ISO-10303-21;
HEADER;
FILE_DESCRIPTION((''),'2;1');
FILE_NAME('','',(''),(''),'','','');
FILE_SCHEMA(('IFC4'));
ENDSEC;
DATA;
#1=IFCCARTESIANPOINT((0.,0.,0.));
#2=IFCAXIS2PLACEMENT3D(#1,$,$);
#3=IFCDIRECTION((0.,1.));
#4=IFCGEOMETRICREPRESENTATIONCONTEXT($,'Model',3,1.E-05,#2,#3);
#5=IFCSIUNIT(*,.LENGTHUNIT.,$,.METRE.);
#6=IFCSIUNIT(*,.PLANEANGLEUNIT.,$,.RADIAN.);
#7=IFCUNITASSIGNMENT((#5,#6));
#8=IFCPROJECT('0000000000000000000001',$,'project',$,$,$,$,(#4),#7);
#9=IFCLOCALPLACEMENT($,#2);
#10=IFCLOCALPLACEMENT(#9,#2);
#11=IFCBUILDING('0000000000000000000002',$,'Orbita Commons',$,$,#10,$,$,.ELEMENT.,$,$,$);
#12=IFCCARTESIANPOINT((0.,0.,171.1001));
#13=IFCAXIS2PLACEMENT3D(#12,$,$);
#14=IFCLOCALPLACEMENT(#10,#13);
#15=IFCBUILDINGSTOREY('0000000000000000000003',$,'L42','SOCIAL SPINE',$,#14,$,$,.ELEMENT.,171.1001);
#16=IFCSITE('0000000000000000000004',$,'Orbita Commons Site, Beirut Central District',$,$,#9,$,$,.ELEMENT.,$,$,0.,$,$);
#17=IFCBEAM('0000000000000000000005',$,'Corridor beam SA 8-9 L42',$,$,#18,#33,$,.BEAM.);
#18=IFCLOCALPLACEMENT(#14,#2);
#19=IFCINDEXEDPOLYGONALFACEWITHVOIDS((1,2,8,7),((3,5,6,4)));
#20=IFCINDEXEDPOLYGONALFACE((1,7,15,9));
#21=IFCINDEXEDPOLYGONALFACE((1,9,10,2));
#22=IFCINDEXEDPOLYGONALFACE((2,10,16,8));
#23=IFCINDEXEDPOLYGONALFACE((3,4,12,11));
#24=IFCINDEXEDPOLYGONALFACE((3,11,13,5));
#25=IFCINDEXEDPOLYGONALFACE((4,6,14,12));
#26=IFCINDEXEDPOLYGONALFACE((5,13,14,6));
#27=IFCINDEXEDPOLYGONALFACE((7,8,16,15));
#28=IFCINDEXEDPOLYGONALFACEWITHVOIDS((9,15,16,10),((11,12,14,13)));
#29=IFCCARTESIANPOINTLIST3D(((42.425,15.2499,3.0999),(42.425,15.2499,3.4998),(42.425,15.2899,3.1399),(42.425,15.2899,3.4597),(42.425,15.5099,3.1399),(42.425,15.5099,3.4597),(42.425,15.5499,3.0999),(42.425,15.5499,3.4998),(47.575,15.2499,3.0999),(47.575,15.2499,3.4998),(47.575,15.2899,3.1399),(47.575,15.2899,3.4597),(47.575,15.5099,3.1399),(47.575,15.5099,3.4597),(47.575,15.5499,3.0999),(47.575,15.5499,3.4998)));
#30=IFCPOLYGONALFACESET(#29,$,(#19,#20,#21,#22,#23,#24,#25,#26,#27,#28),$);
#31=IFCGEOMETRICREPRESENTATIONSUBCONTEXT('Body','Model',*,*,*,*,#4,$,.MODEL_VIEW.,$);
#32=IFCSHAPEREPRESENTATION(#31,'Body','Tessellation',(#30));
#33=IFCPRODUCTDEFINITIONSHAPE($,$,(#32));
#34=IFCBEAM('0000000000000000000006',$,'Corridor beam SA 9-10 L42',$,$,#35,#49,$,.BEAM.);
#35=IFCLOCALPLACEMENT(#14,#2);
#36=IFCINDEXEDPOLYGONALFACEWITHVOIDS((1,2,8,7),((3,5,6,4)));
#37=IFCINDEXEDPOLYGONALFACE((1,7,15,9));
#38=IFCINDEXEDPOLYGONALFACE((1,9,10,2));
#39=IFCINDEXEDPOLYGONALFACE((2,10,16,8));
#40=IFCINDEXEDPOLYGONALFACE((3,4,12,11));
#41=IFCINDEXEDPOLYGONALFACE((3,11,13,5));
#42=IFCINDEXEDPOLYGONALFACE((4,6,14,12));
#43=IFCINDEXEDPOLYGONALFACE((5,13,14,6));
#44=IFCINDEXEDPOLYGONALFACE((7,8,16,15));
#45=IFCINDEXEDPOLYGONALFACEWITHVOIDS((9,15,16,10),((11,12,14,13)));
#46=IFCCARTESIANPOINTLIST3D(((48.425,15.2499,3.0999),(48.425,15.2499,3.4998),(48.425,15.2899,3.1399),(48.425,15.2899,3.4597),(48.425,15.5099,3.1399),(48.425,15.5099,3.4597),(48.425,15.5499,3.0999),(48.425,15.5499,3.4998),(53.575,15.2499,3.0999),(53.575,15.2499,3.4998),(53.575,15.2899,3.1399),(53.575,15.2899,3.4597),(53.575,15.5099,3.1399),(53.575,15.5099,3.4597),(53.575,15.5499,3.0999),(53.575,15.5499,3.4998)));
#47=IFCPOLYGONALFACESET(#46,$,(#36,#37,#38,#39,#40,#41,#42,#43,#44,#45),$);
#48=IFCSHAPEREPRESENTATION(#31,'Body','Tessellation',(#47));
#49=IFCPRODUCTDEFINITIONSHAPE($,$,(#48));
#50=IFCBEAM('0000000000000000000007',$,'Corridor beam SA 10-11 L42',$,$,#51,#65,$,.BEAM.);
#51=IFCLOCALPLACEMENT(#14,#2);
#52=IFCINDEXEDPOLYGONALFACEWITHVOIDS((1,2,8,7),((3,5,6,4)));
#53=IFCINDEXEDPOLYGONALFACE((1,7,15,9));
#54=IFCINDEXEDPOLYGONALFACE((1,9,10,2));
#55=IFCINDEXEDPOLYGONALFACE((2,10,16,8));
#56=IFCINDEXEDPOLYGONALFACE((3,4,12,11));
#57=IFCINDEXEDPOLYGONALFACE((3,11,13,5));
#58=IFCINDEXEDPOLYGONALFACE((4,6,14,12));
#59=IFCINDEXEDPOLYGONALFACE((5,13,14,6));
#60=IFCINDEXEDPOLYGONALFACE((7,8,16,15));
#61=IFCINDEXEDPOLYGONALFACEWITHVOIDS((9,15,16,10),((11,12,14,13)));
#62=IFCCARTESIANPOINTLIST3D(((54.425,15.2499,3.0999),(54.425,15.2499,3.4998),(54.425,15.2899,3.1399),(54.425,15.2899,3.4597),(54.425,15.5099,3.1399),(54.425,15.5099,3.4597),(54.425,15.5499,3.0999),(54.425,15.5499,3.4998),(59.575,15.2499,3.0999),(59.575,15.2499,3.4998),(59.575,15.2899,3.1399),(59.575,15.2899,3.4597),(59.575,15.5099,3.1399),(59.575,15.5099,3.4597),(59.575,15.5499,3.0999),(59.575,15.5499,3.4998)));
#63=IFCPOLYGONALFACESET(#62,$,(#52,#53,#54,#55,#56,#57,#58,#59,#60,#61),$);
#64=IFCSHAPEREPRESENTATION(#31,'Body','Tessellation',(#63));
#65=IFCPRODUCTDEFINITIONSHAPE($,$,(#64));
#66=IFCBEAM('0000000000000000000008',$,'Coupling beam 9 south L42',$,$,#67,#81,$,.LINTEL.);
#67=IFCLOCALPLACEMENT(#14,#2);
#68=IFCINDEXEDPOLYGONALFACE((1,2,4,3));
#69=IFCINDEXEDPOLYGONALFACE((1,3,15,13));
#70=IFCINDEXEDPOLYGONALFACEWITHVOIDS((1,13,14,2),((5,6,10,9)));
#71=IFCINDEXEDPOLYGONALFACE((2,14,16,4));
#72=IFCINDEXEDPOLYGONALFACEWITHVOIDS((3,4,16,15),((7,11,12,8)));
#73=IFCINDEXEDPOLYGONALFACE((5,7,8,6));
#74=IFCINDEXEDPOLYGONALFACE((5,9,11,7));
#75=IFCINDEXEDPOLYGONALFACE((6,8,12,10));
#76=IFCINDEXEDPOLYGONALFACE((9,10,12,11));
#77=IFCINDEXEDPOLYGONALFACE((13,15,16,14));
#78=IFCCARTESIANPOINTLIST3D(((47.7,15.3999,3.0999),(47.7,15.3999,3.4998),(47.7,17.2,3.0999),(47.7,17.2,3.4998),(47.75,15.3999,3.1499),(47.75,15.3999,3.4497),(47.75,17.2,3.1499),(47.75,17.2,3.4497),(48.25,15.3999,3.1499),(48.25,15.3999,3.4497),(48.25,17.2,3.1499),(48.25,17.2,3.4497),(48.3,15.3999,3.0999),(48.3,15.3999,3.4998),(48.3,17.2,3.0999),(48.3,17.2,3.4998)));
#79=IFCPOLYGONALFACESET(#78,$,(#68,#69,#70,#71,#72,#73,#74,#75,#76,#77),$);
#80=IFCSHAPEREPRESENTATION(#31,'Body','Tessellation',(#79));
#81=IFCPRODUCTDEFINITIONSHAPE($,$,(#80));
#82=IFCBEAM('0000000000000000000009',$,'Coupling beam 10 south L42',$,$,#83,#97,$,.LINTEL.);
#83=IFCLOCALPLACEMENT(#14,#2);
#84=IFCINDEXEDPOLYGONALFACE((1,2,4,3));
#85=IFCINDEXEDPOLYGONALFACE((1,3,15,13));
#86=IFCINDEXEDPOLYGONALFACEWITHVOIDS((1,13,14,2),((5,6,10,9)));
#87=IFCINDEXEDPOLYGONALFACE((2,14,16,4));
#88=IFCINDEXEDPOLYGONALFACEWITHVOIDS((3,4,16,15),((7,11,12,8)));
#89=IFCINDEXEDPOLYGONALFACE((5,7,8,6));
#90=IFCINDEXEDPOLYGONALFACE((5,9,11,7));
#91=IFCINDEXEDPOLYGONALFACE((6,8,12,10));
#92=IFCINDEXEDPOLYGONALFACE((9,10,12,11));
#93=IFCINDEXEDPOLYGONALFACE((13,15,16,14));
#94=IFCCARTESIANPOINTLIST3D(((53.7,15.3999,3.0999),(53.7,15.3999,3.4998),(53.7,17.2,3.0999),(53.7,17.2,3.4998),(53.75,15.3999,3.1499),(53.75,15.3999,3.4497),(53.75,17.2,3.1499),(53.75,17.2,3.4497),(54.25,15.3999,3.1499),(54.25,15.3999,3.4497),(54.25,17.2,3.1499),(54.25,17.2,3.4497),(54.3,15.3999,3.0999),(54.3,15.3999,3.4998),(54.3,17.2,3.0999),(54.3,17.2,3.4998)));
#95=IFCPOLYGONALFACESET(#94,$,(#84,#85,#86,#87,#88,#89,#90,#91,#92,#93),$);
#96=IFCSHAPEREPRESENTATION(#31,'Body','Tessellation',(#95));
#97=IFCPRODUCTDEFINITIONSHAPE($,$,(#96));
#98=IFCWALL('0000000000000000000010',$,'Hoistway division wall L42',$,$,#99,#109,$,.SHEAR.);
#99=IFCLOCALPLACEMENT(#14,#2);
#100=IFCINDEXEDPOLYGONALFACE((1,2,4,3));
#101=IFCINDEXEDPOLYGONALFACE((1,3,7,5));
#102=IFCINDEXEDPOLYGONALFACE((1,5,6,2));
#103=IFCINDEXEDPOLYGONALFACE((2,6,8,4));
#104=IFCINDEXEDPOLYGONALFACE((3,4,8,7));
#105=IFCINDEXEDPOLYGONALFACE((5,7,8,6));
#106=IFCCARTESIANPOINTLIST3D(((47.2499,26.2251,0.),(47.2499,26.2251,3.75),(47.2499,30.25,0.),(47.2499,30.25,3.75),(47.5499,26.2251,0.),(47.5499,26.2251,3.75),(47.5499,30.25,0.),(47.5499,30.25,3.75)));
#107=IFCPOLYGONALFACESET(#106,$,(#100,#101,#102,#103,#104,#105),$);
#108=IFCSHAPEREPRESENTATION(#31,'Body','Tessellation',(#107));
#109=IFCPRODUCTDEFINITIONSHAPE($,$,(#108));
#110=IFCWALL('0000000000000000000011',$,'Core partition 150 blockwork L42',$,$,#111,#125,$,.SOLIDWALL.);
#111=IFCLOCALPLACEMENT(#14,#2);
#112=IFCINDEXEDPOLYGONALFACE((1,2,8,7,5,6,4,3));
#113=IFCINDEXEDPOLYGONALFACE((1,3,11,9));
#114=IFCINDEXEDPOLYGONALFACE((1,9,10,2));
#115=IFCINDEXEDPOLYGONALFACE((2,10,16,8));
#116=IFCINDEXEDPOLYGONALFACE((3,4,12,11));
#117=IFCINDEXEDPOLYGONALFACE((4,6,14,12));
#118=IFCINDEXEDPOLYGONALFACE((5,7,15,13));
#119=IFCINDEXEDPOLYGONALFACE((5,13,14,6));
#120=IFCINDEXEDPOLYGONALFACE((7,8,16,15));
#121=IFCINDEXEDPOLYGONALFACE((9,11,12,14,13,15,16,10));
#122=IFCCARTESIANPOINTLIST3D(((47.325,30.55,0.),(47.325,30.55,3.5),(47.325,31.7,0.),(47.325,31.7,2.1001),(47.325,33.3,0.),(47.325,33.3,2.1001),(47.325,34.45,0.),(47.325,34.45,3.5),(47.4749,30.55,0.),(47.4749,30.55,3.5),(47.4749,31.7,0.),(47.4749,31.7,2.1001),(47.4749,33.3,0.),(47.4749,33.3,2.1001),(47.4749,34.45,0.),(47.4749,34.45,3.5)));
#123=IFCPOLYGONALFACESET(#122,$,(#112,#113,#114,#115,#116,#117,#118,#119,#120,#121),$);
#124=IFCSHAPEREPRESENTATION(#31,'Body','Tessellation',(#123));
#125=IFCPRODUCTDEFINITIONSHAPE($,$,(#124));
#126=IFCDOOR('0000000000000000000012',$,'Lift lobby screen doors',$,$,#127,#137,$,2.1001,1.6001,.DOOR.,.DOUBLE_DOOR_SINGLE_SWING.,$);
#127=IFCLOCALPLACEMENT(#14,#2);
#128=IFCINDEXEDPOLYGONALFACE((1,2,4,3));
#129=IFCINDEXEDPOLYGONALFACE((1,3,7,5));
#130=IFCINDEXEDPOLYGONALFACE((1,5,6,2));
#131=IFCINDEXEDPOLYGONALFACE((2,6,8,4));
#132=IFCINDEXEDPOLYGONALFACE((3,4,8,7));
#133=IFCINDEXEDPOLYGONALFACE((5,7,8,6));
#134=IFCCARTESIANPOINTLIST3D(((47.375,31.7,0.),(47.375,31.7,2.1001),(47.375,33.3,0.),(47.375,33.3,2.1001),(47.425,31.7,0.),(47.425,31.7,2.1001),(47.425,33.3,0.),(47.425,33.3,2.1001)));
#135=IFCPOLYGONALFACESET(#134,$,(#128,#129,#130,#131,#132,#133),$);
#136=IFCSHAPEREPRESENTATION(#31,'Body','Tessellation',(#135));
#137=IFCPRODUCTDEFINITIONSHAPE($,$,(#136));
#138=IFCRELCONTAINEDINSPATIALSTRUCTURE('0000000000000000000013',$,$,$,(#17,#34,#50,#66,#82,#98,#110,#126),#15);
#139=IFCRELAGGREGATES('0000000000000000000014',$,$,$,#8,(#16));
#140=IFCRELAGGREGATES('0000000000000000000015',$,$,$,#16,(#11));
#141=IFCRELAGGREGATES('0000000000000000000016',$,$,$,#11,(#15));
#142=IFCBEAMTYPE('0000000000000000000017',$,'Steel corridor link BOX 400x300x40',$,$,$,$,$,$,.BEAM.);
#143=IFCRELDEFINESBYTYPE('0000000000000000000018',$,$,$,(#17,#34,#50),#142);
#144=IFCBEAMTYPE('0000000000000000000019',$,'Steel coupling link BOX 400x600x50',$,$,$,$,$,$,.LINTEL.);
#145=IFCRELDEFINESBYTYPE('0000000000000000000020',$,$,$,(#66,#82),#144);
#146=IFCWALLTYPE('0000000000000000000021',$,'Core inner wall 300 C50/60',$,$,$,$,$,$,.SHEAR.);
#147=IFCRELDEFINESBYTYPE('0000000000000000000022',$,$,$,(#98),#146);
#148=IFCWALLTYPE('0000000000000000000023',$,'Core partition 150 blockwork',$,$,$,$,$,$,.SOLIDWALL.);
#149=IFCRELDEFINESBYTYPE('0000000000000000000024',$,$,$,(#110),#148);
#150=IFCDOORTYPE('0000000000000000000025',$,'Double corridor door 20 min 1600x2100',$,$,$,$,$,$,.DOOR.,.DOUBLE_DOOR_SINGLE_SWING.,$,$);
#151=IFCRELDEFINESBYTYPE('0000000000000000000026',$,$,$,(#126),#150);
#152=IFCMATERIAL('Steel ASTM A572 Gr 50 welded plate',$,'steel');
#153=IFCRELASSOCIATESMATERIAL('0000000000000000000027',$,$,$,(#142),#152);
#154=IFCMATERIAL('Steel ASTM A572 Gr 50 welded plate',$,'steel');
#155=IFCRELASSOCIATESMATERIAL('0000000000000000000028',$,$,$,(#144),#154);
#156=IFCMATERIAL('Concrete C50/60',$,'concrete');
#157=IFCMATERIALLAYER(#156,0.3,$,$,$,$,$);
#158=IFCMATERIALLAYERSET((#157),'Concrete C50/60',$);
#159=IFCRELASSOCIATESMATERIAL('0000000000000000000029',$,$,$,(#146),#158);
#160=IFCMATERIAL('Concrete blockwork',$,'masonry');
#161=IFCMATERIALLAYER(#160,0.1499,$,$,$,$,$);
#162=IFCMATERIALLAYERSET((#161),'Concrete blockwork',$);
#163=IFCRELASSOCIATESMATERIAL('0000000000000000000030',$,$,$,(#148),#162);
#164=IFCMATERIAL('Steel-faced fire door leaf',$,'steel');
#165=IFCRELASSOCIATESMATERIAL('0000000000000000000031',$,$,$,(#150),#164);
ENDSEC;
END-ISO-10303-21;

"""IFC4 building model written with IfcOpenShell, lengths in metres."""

from ifc_helpers import new_model, si_unit, direction, frame, frame_2d, origin, origin_2d, place, context, subcontext, project, spatial, rectangle, hollow_rectangle, extrude, material, layer, layer_set, material_profile, profile_set, type_object, element, fill, save


model = new_model("IFC4")

# Units and contexts
model_context = context("Model", 3, precision=1e-05, world=origin(), true_north=direction((0.0, 1.0)))
body_context = subcontext(model_context, "Body", "Model", "MODEL_VIEW")
ifc_project = project(units=[si_unit("LENGTHUNIT", "METRE"), si_unit("PLANEANGLEUNIT", "RADIAN")], contexts=[model_context])

# Site, building, storey
site_placement = place(None, origin())
site = spatial("IfcSite", under=ifc_project, at=site_placement, Name="Orbita Commons Site, Beirut Central District", CompositionType="ELEMENT", RefElevation=0.0)
building_placement = place(site_placement, origin())
building = spatial("IfcBuilding", under=site, at=building_placement, Name="Orbita Commons", CompositionType="ELEMENT")
storey_placement = place(building_placement, frame((0.0, 0.0, 171.1001)))
storey = spatial("IfcBuildingStorey", under=building, at=storey_placement, Name="L42", Description="SOCIAL SPINE", CompositionType="ELEMENT", Elevation=171.1001)

# Beams
ifc_material_1 = material(Name="Steel ASTM A572 Gr 50 welded plate", Category="steel")
ifc_material_profile_1 = material_profile(ifc_material_1, hollow_rectangle(XDim=0.3, YDim=0.3999, WallThickness=0.04, at=origin_2d()), Name="BOX 400x300x40")
ifc_profile_set_1 = profile_set([ifc_material_profile_1], Name="Steel ASTM A572 Gr 50 welded plate")
beam_type_1 = type_object("IfcBeamType", Name="Steel corridor link BOX 400x300x40", PredefinedType="BEAM", material=ifc_profile_set_1)
for number, where, z_axis, x_axis, name in (
    (1, (42.425, 15.3999, 3.2998), (1.0, 0.0, 0.0), (0.0, 1.0, 0.0), "Corridor beam SA 8-9 L42"),
    (2, (48.425, 15.3999, 3.2998), (1.0, 0.0, 0.0), (0.0, 1.0, 0.0), "Corridor beam SA 9-10 L42"),
    (3, (54.425, 15.3999, 3.2998), (1.0, 0.0, 0.0), (0.0, 1.0, 0.0), "Corridor beam SA 10-11 L42"),
):
    element("IfcBeam", number, at=place(storey_placement, frame(where, z_axis=z_axis, x_axis=x_axis)), inside=storey, type_object=beam_type_1, Name=name, PredefinedType="BEAM", context=body_context, shape_type="SweptSolid", body=[
        extrude(hollow_rectangle(XDim=0.3, YDim=0.3999, WallThickness=0.04, at=origin_2d()), origin(), (0.0, 0.0, 1.0), 5.1499),
    ])
ifc_material_2 = material(Name="Steel ASTM A572 Gr 50 welded plate", Category="steel")
ifc_material_profile_2 = material_profile(ifc_material_2, hollow_rectangle(XDim=0.6001, YDim=0.3999, WallThickness=0.05, at=origin_2d()), Name="BOX 400x600x50")
ifc_profile_set_2 = profile_set([ifc_material_profile_2], Name="Steel ASTM A572 Gr 50 welded plate")
beam_type_2 = type_object("IfcBeamType", Name="Steel coupling link BOX 400x600x50", PredefinedType="LINTEL", material=ifc_profile_set_2)
for number, where, z_axis, x_axis, name in (
    (4, (48.0, 15.3999, 3.2998), (0.0, 1.0, 0.0), (-1.0, 0.0, 0.0), "Coupling beam 9 south L42"),
    (5, (54.0, 15.3999, 3.2998), (0.0, 1.0, 0.0), (-1.0, 0.0, 0.0), "Coupling beam 10 south L42"),
):
    element("IfcBeam", number, at=place(storey_placement, frame(where, z_axis=z_axis, x_axis=x_axis)), inside=storey, type_object=beam_type_2, Name=name, PredefinedType="LINTEL", context=body_context, shape_type="SweptSolid", body=[
        extrude(hollow_rectangle(XDim=0.6001, YDim=0.3999, WallThickness=0.05, at=origin_2d()), origin(), (0.0, 0.0, 1.0), 1.8),
    ])

# Wall
ifc_material_3 = material(Name="Concrete C50/60", Category="concrete")
ifc_layer_1 = layer(ifc_material_3, 0.3)
ifc_layer_set_1 = layer_set([ifc_layer_1], Name="Concrete C50/60")
wall_type_1 = type_object("IfcWallType", Name="Core inner wall 300 C50/60", PredefinedType="SHEAR", material=ifc_layer_set_1)
wall_1_placement = place(storey_placement, frame((47.3999, 26.2251, 0.0), z_axis=(0.0, 0.0, 1.0), x_axis=(0.0, 1.0, 0.0)))
element("IfcWall", 6, at=wall_1_placement, inside=storey, type_object=wall_type_1, Name="Hoistway division wall L42", PredefinedType="SHEAR", context=body_context, shape_type="SweptSolid", body=[
    extrude(rectangle(XDim=4.0249, YDim=0.3, at=frame_2d((2.0125, 0.0))), origin(), (0.0, 0.0, 1.0), 3.75),
])

# Wall, opening, door
ifc_material_4 = material(Name="Concrete blockwork", Category="masonry")
ifc_layer_2 = layer(ifc_material_4, 0.1499)
ifc_layer_set_2 = layer_set([ifc_layer_2], Name="Concrete blockwork")
wall_type_2 = type_object("IfcWallType", Name="Core partition 150 blockwork", PredefinedType="SOLIDWALL", material=ifc_layer_set_2)
wall_2_placement = place(storey_placement, frame((47.3999, 30.55, 0.0), z_axis=(0.0, 0.0, 1.0), x_axis=(0.0, 1.0, 0.0)))
wall_2 = element("IfcWall", 7, at=wall_2_placement, inside=storey, type_object=wall_type_2, Name="Core partition 150 blockwork L42", PredefinedType="SOLIDWALL", context=body_context, shape_type="SweptSolid", body=[
    extrude(rectangle(XDim=3.8999, YDim=0.1499, at=frame_2d((1.95, 0.0))), origin(), (0.0, 0.0, 1.0), 3.5),
])
opening_1_placement = place(wall_2_placement, frame((1.1499, 0.0, 0.0)))
opening_1 = element("IfcOpeningElement", 8, at=opening_1_placement, cuts=wall_2, PredefinedType="OPENING", context=body_context, shape_type="SweptSolid", body=[
    extrude(rectangle(XDim=1.6001, YDim=2.1001, at=frame_2d((0.8, 1.05))), frame((0.0, 0.085, 0.0), z_axis=(0.0, -1.0, 0.0), x_axis=(1.0, 0.0, 0.0)), (0.0, 0.0, 1.0), 0.1699),
])
ifc_material_5 = material(Name="Steel-faced fire door leaf", Category="steel")
door_type_1 = type_object("IfcDoorType", Name="Double corridor door 20 min 1600x2100", OperationType="DOUBLE_DOOR_SINGLE_SWING", PredefinedType="DOOR", material=ifc_material_5)
door_1_placement = place(opening_1_placement, origin())
door_1 = element("IfcDoor", 9, at=door_1_placement, inside=storey, type_object=door_type_1, Name="Lift lobby screen doors", OperationType="DOUBLE_DOOR_SINGLE_SWING", OverallHeight=2.1001, OverallWidth=1.6001, PredefinedType="DOOR", context=body_context, shape_type="SweptSolid", body=[
    extrude(rectangle(XDim=1.6001, YDim=2.1001, at=frame_2d((0.8, 1.05))), frame((0.0, 0.0249, 0.0), z_axis=(0.0, -1.0, 0.0), x_axis=(1.0, 0.0, 0.0)), (0.0, 0.0, 1.0), 0.05),
])
fill(opening_1, door_1)

save(model, "model.ifc")
